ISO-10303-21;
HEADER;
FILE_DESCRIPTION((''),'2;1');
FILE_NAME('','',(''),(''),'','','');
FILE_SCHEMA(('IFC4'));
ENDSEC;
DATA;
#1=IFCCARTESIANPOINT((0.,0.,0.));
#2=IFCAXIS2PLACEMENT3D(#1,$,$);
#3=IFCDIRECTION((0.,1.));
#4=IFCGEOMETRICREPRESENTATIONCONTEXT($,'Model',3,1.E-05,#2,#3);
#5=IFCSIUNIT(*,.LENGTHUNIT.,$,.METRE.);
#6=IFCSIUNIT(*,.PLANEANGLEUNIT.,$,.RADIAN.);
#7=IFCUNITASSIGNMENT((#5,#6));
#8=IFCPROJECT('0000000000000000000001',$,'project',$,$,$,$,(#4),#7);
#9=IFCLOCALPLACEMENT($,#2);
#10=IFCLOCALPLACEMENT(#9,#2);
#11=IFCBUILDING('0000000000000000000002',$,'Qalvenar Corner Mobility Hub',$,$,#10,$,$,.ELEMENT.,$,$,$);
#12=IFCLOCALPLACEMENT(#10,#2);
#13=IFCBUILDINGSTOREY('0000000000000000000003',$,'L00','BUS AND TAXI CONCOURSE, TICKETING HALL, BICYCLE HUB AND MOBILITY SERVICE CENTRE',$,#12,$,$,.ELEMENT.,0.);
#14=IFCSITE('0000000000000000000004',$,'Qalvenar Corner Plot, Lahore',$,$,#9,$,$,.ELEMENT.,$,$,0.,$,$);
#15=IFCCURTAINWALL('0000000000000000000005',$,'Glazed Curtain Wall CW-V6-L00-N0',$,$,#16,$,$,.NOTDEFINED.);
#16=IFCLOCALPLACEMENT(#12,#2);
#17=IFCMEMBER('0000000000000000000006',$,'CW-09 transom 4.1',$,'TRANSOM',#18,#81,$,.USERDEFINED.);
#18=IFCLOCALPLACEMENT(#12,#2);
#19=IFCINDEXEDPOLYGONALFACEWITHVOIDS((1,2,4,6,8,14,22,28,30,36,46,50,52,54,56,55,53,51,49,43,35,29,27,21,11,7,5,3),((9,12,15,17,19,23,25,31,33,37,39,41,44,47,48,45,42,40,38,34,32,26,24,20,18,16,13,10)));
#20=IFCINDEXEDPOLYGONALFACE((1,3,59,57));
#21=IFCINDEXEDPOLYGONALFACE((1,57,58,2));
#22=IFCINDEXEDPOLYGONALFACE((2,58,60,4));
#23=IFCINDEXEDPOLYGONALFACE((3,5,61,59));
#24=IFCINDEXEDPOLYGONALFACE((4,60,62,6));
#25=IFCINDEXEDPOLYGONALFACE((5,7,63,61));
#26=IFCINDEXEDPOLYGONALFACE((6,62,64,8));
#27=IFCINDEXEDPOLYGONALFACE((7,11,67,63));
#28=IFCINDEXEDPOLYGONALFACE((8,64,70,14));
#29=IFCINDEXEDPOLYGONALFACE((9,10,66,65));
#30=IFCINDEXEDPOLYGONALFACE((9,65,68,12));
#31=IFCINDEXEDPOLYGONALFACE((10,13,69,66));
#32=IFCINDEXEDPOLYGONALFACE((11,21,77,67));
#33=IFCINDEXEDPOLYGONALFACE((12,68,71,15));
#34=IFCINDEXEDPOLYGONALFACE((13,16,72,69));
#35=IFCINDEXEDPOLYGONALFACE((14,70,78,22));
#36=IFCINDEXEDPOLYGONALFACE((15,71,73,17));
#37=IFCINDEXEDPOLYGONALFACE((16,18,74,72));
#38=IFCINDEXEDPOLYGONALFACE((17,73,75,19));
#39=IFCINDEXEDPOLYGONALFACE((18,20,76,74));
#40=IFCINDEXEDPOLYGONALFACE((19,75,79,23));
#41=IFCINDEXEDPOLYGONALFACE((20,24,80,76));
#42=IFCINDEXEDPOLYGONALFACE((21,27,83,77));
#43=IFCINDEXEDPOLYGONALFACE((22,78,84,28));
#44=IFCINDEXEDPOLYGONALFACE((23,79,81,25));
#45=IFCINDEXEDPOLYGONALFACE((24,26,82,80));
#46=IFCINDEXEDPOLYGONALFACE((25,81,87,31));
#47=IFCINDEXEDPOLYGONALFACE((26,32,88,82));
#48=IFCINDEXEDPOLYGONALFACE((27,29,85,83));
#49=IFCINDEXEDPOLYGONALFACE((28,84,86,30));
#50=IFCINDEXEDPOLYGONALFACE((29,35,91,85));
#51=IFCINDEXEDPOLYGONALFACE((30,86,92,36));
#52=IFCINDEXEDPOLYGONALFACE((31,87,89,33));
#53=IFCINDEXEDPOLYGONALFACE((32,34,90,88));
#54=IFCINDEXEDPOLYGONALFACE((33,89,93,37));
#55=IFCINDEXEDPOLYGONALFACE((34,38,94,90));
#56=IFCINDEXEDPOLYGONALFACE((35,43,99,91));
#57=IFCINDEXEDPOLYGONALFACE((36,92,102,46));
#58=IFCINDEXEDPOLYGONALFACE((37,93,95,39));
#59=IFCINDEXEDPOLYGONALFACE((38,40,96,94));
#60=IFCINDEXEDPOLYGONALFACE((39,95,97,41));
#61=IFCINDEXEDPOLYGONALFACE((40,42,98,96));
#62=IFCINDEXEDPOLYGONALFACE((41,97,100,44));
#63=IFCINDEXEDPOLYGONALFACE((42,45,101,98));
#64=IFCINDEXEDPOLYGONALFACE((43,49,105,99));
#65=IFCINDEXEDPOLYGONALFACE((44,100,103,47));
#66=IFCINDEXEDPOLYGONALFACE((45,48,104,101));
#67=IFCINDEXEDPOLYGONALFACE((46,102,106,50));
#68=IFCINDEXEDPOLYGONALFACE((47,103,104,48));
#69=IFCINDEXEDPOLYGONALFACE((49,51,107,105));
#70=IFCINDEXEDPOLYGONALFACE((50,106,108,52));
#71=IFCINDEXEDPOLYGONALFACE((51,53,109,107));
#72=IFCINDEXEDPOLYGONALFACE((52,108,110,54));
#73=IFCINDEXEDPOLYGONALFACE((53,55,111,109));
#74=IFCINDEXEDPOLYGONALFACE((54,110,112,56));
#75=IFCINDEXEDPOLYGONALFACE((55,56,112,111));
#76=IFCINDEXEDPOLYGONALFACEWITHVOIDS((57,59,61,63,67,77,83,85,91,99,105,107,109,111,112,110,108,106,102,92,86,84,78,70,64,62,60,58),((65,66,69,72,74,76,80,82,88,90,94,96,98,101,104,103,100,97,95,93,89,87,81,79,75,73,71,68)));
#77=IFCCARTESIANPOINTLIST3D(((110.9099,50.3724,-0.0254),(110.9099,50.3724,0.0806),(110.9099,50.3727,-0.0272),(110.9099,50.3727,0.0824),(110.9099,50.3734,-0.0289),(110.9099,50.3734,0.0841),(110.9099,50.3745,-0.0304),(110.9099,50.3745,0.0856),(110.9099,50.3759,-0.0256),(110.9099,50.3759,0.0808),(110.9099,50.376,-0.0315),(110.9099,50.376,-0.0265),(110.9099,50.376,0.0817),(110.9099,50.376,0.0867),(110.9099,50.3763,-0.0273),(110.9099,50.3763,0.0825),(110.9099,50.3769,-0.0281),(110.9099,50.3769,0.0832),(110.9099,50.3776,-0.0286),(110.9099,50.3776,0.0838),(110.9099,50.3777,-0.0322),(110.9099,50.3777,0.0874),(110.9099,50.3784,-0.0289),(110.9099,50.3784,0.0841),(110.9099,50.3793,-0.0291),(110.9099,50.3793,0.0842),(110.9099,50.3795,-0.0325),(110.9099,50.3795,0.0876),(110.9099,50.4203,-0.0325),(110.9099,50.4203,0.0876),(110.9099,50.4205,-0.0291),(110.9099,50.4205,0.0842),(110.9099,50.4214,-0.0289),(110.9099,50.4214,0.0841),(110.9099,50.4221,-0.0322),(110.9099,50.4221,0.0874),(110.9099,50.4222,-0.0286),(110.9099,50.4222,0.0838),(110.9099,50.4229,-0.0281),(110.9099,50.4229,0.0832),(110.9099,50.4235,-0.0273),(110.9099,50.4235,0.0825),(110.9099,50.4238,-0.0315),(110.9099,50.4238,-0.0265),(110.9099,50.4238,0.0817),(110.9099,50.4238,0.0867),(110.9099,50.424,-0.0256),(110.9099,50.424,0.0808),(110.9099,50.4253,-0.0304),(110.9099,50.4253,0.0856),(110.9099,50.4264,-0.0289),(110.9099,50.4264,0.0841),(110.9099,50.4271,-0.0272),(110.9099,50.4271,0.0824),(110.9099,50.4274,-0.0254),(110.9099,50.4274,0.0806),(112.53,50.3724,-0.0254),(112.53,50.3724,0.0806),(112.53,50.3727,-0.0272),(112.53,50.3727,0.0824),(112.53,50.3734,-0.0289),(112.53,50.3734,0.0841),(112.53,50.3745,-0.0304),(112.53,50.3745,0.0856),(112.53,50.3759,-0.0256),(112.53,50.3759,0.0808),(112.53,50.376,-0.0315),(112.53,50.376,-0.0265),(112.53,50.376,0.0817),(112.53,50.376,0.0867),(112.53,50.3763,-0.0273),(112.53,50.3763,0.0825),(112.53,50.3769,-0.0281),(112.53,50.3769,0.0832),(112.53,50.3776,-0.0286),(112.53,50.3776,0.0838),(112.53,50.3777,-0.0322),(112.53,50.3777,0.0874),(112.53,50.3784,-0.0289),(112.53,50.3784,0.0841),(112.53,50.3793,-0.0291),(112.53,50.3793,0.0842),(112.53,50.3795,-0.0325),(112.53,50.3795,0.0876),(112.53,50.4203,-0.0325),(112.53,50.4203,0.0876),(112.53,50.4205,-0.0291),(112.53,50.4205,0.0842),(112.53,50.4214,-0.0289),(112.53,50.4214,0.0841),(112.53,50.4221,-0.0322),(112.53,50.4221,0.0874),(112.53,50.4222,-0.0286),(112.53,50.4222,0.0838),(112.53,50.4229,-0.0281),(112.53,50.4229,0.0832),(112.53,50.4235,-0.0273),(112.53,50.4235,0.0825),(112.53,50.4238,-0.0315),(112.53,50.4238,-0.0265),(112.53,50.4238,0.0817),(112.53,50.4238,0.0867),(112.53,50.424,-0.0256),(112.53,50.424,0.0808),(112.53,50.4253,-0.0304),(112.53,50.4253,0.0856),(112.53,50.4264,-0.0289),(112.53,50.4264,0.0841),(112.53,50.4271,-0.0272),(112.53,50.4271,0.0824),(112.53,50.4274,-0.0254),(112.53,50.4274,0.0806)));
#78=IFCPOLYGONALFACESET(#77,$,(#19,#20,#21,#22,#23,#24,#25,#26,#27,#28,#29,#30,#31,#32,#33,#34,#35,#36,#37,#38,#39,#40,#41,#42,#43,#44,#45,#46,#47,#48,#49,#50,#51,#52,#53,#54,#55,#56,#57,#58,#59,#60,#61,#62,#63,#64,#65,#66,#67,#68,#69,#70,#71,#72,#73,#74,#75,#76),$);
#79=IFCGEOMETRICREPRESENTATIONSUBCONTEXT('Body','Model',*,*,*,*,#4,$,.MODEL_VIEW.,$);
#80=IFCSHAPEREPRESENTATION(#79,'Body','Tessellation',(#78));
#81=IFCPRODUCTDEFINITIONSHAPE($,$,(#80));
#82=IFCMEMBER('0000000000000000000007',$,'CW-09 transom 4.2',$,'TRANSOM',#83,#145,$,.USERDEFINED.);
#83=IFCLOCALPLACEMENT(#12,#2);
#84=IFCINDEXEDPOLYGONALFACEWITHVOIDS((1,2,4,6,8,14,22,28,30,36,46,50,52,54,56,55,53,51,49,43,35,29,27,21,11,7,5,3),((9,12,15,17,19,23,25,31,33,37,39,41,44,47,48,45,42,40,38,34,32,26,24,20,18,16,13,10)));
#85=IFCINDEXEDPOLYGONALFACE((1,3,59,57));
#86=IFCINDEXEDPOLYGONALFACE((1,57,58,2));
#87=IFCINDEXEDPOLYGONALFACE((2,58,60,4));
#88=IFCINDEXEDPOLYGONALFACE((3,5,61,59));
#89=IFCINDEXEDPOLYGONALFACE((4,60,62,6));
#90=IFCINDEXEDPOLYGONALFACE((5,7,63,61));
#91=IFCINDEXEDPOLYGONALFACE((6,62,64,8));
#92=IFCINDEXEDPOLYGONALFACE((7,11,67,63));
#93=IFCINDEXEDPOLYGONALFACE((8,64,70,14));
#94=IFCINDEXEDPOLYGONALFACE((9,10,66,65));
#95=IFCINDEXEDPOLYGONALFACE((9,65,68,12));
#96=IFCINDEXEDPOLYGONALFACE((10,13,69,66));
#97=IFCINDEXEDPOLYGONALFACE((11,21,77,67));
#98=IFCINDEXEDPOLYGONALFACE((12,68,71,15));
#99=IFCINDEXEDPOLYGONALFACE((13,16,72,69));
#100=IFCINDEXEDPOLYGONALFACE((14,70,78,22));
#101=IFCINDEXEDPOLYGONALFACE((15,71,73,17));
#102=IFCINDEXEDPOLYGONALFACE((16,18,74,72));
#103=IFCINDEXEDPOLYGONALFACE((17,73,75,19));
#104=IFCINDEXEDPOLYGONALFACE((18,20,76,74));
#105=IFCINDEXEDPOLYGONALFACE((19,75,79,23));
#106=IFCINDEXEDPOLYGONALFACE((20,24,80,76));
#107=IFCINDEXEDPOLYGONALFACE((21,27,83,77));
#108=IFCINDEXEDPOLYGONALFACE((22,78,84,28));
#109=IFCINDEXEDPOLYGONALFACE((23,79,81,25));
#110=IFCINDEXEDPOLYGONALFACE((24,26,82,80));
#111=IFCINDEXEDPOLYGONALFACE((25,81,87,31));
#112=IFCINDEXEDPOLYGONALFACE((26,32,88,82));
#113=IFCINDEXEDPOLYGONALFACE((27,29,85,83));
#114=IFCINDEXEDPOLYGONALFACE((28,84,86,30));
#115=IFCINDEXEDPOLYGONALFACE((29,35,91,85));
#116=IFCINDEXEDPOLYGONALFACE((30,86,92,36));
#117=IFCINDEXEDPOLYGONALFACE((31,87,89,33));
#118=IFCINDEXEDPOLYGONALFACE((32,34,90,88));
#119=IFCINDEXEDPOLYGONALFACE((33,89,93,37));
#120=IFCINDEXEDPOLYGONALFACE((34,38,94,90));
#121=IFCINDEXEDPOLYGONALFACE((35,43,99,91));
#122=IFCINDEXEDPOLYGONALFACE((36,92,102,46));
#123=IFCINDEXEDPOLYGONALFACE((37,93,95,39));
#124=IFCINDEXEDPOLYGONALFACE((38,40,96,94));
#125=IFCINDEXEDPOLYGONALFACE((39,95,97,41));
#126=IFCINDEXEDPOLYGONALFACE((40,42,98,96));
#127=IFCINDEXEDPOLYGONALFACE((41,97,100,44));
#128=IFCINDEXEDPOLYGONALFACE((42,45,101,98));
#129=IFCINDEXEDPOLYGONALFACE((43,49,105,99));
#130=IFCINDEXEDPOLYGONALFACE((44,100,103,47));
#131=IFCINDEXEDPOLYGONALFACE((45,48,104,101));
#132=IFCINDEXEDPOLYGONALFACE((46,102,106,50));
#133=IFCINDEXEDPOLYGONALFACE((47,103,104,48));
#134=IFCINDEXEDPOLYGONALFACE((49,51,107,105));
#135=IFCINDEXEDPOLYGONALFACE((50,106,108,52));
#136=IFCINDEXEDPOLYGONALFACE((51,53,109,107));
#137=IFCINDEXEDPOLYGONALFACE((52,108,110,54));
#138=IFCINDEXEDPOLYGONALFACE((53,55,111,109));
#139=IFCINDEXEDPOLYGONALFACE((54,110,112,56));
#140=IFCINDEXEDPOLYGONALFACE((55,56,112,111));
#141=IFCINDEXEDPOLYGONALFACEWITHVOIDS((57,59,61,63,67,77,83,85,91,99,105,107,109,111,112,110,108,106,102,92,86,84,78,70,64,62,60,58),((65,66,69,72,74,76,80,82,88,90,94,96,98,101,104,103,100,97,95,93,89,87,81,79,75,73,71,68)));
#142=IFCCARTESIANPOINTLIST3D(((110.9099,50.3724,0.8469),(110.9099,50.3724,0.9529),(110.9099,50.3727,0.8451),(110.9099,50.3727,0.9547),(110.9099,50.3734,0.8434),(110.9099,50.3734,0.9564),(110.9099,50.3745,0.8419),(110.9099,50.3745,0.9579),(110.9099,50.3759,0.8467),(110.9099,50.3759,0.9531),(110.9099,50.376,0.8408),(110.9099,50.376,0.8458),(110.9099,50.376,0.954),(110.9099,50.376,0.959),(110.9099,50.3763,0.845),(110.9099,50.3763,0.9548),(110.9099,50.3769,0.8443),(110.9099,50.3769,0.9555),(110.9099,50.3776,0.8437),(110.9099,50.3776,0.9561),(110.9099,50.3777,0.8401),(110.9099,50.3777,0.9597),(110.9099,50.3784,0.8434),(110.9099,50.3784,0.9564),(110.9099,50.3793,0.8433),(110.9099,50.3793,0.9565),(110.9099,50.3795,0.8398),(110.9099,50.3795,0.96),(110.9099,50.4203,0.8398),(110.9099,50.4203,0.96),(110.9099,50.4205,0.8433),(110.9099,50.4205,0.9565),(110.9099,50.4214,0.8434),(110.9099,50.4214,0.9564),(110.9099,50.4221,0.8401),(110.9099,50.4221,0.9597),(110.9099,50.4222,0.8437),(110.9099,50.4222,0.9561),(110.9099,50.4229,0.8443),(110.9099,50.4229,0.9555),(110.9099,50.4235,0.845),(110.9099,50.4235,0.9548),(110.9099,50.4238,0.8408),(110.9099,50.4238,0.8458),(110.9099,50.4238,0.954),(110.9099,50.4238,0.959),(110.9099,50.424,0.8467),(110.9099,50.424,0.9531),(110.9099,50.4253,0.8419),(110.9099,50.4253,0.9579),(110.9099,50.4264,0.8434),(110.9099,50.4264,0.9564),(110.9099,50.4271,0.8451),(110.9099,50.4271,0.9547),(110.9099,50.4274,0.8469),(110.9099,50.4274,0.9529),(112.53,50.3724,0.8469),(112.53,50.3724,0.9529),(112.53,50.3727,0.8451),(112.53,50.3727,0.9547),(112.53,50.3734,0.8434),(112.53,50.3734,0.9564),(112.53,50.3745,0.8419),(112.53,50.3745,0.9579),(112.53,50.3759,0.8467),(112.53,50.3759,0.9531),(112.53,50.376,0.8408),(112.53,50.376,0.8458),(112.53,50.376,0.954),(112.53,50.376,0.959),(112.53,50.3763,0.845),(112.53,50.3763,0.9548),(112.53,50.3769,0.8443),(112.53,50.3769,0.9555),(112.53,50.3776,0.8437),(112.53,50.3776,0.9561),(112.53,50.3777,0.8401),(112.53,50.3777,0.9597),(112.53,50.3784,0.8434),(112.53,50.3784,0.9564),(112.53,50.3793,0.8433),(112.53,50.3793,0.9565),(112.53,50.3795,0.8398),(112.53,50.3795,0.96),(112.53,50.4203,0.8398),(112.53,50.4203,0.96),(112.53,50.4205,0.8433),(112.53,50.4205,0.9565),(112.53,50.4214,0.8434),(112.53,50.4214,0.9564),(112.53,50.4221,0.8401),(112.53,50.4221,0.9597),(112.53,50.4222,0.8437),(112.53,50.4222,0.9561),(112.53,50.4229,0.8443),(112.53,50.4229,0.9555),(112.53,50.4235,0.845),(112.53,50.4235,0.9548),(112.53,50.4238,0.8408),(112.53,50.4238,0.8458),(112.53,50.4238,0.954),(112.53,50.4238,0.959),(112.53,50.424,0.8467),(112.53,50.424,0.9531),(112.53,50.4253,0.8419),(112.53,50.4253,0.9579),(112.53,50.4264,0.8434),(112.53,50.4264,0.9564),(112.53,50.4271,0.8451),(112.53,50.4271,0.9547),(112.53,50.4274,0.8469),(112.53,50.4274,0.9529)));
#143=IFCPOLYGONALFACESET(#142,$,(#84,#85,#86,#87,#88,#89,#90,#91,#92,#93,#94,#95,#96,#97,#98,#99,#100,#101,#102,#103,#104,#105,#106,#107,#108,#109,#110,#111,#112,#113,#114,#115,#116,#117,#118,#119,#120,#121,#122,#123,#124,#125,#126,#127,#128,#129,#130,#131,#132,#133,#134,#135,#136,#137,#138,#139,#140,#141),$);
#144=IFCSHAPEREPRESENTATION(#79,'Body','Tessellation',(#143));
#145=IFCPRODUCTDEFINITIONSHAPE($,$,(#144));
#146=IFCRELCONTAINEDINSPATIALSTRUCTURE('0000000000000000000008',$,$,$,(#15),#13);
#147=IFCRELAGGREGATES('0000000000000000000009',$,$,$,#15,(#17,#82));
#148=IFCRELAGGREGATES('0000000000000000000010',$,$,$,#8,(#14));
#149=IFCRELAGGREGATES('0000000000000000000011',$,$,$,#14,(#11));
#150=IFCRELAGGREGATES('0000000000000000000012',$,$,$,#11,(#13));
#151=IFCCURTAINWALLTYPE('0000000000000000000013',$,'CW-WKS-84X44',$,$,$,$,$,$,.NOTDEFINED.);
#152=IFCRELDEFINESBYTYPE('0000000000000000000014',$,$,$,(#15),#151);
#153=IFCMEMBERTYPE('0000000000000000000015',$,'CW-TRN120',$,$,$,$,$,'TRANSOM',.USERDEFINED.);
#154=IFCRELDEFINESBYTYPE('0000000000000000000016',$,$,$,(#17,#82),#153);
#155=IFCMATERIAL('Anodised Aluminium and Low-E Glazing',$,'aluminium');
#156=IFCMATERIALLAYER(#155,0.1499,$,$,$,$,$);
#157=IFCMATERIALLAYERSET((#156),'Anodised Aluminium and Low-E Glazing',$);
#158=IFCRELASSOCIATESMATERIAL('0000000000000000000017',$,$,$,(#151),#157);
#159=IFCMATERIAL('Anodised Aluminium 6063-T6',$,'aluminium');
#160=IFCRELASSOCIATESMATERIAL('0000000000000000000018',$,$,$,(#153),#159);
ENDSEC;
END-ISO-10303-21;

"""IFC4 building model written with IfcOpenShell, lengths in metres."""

from ifc_helpers import new_model, si_unit, direction, frame, origin, origin_2d, place, context, subcontext, project, spatial, hollow_rectangle, extrude, material, layer, layer_set, material_profile, profile_set, type_object, element, aggregate, save


model = new_model("IFC4")

# Units and contexts
model_context = context("Model", 3, precision=1e-05, world=origin(), true_north=direction((0.0, 1.0)))
body_context = subcontext(model_context, "Body", "Model", "MODEL_VIEW")
ifc_project = project(units=[si_unit("LENGTHUNIT", "METRE"), si_unit("PLANEANGLEUNIT", "RADIAN")], contexts=[model_context])

# Site, building, storey
site_placement = place(None, origin())
site = spatial("IfcSite", under=ifc_project, at=site_placement, Name="Qalvenar Corner Plot, Lahore", CompositionType="ELEMENT", RefElevation=0.0)
building_placement = place(site_placement, origin())
building = spatial("IfcBuilding", under=site, at=building_placement, Name="Qalvenar Corner Mobility Hub", CompositionType="ELEMENT")
storey_placement = place(building_placement, origin())
storey = spatial("IfcBuildingStorey", under=building, at=storey_placement, Name="L00", Description="BUS AND TAXI CONCOURSE, TICKETING HALL, BICYCLE HUB AND MOBILITY SERVICE CENTRE", CompositionType="ELEMENT", Elevation=0.0)

# Curtain wall, members
ifc_material_1 = material(Name="Anodised Aluminium and Low-E Glazing", Category="aluminium")
ifc_layer_1 = layer(ifc_material_1, 0.1499)
ifc_layer_set_1 = layer_set([ifc_layer_1], Name="Anodised Aluminium and Low-E Glazing")
curtain_wall_type = type_object("IfcCurtainWallType", Name="CW-WKS-84X44", PredefinedType="NOTDEFINED", material=ifc_layer_set_1)
curtain_wall_placement = place(storey_placement, origin())
curtain_wall = element("IfcCurtainWall", 1, at=curtain_wall_placement, inside=storey, type_object=curtain_wall_type, Name="Glazed Curtain Wall CW-V6-L00-N0", PredefinedType="NOTDEFINED")
ifc_material_2 = material(Name="Anodised Aluminium 6063-T6", Category="aluminium")
ifc_material_profile_1 = material_profile(ifc_material_2, hollow_rectangle(XDim=0.0549, YDim=0.1201, WallThickness=0.0034, InnerFilletRadius=0.0034, OuterFilletRadius=0.0071, at=origin_2d()), Name="RHS120x55x3.5")
ifc_profile_set_1 = profile_set([ifc_material_profile_1], Name="Anodised Aluminium 6063-T6")
member_type_1 = type_object("IfcMemberType", Name="CW-TRN120", ElementType="TRANSOM", PredefinedType="USERDEFINED", material=ifc_profile_set_1)
member_1_placement = place(storey_placement, frame((112.53, 50.3999, 0.0276), z_axis=(-1.0, 0.0, 0.0), x_axis=(0.0, -1.0, 0.0)))
member_1 = element("IfcMember", 2, at=member_1_placement, type_object=member_type_1, Name="CW-09 transom 4.1", ObjectType="TRANSOM", PredefinedType="USERDEFINED", context=body_context, shape_type="SweptSolid", body=[
    extrude(hollow_rectangle(XDim=0.0549, YDim=0.1201, WallThickness=0.0034, InnerFilletRadius=0.0034, OuterFilletRadius=0.0071, at=origin_2d()), origin(), (0.0, 0.0, 1.0), 1.6201),
])
member_2_placement = place(storey_placement, frame((112.53, 50.3999, 0.8999), z_axis=(-1.0, 0.0, 0.0), x_axis=(0.0, -1.0, 0.0)))
member_2 = element("IfcMember", 3, at=member_2_placement, type_object=member_type_1, Name="CW-09 transom 4.2", ObjectType="TRANSOM", PredefinedType="USERDEFINED", context=body_context, shape_type="SweptSolid", body=[
    extrude(hollow_rectangle(XDim=0.0549, YDim=0.1201, WallThickness=0.0034, InnerFilletRadius=0.0034, OuterFilletRadius=0.0071, at=origin_2d()), origin(), (0.0, 0.0, 1.0), 1.6201),
])
aggregate(curtain_wall, [member_1, member_2])

save(model, "model.ifc")
